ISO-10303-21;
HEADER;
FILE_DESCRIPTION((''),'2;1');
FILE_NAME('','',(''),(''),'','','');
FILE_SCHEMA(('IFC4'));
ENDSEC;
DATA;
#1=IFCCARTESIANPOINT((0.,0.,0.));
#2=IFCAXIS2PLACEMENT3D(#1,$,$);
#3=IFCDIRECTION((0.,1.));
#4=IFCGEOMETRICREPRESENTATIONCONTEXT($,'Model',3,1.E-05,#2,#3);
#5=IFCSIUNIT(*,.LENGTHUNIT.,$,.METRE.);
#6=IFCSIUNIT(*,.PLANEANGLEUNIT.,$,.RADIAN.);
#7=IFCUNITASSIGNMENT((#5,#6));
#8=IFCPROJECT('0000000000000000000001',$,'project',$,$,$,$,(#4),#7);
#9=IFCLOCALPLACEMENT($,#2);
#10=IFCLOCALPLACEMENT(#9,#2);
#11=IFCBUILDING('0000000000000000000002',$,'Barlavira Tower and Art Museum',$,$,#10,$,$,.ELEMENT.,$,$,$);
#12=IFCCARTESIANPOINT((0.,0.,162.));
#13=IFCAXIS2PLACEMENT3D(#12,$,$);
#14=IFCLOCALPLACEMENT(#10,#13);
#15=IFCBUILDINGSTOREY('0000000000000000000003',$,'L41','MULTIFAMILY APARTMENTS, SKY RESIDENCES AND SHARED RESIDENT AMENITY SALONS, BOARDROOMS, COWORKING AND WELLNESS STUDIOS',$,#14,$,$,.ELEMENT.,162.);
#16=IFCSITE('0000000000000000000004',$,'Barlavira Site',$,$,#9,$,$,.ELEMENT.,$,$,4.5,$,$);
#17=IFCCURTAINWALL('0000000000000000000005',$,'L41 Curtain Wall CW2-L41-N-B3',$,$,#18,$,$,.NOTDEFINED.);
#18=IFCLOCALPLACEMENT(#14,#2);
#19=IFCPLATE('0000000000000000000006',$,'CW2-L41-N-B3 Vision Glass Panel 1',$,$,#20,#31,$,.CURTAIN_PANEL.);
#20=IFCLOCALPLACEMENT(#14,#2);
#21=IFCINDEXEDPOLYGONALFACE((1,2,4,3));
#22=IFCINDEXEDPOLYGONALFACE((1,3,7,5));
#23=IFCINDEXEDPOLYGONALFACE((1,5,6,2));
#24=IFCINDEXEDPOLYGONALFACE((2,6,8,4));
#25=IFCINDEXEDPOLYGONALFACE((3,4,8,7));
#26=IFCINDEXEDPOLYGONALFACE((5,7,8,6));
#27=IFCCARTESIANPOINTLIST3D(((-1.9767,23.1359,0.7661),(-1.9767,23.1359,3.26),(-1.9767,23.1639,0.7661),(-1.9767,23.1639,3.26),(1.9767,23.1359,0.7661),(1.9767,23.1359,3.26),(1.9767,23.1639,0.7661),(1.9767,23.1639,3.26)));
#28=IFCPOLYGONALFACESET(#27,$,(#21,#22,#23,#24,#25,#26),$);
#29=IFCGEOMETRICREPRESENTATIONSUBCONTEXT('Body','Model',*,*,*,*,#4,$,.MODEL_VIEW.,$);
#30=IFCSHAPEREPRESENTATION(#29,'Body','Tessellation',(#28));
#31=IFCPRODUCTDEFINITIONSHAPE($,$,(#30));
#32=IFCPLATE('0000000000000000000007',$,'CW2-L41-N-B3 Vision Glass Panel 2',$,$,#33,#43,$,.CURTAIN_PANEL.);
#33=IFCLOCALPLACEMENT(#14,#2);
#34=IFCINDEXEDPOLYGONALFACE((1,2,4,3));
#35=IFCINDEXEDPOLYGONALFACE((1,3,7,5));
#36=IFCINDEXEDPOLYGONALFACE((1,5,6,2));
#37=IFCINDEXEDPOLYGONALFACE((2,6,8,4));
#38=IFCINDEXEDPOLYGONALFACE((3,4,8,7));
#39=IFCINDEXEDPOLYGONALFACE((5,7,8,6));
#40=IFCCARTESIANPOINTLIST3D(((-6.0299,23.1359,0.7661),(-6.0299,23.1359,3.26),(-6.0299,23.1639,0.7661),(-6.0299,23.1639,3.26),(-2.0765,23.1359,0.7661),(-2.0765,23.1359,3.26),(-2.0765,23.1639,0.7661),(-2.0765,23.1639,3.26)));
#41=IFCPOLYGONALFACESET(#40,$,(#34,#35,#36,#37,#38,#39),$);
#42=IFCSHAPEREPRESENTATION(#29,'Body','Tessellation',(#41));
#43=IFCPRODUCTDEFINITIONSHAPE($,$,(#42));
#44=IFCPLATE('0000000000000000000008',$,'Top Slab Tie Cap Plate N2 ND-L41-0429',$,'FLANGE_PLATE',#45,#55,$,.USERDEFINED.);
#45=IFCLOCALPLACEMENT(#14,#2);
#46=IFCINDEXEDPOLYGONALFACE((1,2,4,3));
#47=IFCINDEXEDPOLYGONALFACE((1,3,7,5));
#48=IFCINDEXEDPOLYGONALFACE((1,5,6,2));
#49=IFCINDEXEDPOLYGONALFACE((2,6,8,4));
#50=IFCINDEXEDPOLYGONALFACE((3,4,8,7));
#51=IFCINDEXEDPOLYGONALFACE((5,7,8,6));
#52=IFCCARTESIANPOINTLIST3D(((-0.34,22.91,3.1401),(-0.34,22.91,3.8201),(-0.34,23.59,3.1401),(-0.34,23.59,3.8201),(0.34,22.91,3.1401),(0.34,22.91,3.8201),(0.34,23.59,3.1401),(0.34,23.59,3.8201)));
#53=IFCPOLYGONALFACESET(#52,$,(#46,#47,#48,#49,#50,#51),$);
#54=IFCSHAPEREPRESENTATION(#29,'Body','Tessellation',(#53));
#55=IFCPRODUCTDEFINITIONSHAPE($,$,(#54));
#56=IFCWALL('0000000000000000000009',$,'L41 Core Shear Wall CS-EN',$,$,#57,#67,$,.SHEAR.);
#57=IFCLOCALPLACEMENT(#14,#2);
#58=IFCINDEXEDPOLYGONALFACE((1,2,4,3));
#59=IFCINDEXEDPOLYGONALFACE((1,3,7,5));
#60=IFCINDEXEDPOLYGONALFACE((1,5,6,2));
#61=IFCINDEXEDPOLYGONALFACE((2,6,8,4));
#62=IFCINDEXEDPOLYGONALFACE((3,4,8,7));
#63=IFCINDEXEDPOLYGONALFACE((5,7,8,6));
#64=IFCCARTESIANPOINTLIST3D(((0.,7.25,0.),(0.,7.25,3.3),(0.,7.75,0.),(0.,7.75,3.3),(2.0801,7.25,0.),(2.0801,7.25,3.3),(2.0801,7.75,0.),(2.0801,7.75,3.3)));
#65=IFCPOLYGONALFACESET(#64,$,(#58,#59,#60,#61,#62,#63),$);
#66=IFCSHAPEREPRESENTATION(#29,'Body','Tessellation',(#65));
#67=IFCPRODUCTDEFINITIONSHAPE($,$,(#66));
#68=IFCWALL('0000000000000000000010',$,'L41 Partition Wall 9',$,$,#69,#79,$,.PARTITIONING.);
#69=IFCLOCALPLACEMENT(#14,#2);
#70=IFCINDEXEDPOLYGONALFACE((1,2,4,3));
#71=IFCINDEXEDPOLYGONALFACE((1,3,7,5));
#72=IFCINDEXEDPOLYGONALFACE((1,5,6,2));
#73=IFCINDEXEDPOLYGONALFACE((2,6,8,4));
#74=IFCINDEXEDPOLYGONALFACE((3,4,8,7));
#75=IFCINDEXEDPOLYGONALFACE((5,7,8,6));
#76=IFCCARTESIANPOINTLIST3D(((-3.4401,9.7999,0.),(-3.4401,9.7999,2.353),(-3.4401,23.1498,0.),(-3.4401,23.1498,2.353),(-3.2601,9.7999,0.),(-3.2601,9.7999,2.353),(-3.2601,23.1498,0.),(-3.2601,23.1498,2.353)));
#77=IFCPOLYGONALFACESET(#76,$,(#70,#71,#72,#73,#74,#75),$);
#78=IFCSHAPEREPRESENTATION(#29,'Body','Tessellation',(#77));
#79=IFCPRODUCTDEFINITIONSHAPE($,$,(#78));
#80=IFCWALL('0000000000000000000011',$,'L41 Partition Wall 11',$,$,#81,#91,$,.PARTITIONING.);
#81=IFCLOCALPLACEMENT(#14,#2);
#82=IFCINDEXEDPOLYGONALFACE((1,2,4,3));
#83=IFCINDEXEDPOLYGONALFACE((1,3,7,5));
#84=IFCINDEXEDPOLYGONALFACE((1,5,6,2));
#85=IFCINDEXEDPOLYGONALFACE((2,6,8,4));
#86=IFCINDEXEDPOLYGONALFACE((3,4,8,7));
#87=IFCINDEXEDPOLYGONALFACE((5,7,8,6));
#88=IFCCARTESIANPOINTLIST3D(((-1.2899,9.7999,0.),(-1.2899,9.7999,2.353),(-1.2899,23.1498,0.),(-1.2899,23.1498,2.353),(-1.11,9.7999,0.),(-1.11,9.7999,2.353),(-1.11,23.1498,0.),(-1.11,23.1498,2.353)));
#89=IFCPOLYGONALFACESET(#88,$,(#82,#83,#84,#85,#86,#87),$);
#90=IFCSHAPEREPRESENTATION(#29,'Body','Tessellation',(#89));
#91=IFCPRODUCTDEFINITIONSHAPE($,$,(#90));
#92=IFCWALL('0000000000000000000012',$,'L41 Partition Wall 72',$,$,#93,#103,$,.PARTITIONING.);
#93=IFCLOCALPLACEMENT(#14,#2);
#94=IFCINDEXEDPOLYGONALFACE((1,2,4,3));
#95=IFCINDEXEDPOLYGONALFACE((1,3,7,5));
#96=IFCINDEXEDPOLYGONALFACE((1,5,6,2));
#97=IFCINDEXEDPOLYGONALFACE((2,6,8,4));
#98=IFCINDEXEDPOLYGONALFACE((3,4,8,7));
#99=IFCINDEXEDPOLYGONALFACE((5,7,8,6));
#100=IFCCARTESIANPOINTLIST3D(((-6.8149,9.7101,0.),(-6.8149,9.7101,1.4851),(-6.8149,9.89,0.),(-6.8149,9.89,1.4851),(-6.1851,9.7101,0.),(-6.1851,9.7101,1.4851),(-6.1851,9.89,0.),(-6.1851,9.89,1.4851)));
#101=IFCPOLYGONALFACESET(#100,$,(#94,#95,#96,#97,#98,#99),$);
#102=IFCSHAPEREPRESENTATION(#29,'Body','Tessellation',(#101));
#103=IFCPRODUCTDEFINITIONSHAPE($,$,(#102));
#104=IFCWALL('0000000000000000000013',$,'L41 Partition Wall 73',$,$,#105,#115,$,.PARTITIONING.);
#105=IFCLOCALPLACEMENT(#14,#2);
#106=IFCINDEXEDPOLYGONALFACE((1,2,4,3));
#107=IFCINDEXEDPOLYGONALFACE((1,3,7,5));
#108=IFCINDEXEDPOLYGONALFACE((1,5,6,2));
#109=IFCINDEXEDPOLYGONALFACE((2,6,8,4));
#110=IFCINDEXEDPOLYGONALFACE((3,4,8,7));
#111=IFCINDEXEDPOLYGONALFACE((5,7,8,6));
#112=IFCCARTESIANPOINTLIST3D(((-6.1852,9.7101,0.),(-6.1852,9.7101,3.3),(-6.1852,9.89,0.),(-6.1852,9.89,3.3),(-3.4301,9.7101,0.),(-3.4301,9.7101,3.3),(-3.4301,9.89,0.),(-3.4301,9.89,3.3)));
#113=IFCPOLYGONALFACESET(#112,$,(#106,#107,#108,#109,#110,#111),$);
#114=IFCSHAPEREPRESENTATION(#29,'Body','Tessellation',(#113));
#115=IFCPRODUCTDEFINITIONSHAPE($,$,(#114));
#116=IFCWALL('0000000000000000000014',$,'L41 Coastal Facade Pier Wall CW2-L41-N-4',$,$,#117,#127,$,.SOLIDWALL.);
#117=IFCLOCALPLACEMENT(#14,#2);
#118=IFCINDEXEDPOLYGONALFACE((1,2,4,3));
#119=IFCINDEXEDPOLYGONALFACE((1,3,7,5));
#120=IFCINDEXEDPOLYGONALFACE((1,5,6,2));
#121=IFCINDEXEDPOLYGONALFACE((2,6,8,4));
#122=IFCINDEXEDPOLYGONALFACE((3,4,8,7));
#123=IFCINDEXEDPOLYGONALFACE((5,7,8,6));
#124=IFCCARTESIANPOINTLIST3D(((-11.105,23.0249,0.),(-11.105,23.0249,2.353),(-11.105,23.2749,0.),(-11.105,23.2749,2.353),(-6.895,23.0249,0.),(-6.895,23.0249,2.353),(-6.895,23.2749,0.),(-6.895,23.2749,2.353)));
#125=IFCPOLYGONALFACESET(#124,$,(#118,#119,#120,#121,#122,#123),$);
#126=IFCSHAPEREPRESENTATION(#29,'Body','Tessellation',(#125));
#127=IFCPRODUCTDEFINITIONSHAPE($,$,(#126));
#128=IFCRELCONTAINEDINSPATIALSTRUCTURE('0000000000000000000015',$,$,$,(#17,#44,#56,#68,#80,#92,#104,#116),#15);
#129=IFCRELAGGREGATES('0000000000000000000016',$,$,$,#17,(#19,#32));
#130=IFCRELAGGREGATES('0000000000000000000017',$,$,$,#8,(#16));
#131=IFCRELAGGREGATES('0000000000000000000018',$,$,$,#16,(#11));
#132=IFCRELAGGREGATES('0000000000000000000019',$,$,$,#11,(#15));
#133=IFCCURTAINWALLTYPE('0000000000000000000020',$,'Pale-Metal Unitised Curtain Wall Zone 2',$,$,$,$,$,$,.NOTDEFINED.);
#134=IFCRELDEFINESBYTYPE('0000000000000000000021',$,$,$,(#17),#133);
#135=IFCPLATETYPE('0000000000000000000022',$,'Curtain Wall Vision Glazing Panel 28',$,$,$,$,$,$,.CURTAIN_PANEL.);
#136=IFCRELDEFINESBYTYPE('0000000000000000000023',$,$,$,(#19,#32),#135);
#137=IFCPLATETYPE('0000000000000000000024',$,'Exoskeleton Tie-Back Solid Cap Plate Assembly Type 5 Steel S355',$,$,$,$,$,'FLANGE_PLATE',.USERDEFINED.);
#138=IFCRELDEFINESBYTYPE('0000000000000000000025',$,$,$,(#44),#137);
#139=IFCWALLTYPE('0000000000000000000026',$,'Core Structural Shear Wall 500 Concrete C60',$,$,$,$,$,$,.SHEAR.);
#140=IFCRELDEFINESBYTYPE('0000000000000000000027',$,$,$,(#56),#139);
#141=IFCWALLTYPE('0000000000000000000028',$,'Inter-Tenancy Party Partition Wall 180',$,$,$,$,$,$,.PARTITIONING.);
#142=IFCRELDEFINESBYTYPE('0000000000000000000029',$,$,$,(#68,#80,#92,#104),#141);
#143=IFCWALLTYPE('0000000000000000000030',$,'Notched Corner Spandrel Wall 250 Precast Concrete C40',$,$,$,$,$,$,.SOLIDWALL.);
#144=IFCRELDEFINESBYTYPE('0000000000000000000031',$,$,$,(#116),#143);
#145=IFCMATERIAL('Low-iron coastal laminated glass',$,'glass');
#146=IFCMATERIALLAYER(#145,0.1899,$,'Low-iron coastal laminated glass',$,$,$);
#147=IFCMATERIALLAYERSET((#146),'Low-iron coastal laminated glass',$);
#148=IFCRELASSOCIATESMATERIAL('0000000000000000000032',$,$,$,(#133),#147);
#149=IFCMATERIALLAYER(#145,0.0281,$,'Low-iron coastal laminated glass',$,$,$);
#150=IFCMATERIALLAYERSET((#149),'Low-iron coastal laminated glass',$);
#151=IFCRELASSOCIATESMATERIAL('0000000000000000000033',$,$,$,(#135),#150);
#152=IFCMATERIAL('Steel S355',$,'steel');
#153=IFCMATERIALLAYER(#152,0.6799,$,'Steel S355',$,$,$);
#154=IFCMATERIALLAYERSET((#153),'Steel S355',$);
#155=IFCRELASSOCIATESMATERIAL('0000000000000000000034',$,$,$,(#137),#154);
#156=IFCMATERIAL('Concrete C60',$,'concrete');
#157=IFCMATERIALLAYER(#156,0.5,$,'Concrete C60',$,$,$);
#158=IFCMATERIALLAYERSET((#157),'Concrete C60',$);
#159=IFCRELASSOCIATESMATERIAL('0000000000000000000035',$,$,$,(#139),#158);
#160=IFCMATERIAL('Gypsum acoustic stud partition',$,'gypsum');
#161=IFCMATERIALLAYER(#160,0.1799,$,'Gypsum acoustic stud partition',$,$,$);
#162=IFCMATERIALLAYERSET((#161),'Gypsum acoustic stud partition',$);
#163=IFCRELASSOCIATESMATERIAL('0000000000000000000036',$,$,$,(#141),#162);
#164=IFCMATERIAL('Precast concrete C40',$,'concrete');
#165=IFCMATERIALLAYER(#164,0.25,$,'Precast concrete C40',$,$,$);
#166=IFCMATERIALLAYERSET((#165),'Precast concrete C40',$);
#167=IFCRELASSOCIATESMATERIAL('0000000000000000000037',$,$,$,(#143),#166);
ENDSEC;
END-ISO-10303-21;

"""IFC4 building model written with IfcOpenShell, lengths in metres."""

from ifc_helpers import new_model, si_unit, direction, frame, frame_2d, origin, origin_2d, place, context, subcontext, project, spatial, rectangle, extrude, material, layer, layer_set, type_object, element, aggregate, save


model = new_model("IFC4")

# Units and contexts
model_context = context("Model", 3, precision=1e-05, world=origin(), true_north=direction((0.0, 1.0)))
body_context = subcontext(model_context, "Body", "Model", "MODEL_VIEW")
ifc_project = project(units=[si_unit("LENGTHUNIT", "METRE"), si_unit("PLANEANGLEUNIT", "RADIAN")], contexts=[model_context])

# Site, building, storey
site_placement = place(None, origin())
site = spatial("IfcSite", under=ifc_project, at=site_placement, Name="Barlavira Site", CompositionType="ELEMENT", RefElevation=4.5)
building_placement = place(site_placement, origin())
building = spatial("IfcBuilding", under=site, at=building_placement, Name="Barlavira Tower and Art Museum", CompositionType="ELEMENT")
storey_placement = place(building_placement, frame((0.0, 0.0, 162.0)))
storey = spatial("IfcBuildingStorey", under=building, at=storey_placement, Name="L41", Description="MULTIFAMILY APARTMENTS, SKY RESIDENCES AND SHARED RESIDENT AMENITY SALONS, BOARDROOMS, COWORKING AND WELLNESS STUDIOS", CompositionType="ELEMENT", Elevation=162.0)

# Shared definitions
ifc_material_1 = material(Name="Concrete C60", Category="concrete")

# Curtain wall
ifc_material_2 = material(Name="Low-iron coastal laminated glass", Category="glass")
ifc_layer_1 = layer(ifc_material_2, 0.1899, Name="Low-iron coastal laminated glass")
ifc_layer_set_1 = layer_set([ifc_layer_1], Name="Low-iron coastal laminated glass")
curtain_wall_type = type_object("IfcCurtainWallType", Name="Pale-Metal Unitised Curtain Wall Zone 2", PredefinedType="NOTDEFINED", material=ifc_layer_set_1)
curtain_wall_placement = place(storey_placement, origin())
curtain_wall = element("IfcCurtainWall", 1, at=curtain_wall_placement, inside=storey, type_object=curtain_wall_type, Name="L41 Curtain Wall CW2-L41-N-B3", PredefinedType="NOTDEFINED")

# Shared definitions
ifc_material_3 = material(Name="Steel S355", Category="steel")

# Plates
ifc_layer_2 = layer(ifc_material_2, 0.0281, Name="Low-iron coastal laminated glass")
ifc_layer_set_2 = layer_set([ifc_layer_2], Name="Low-iron coastal laminated glass")
plate_type_1 = type_object("IfcPlateType", Name="Curtain Wall Vision Glazing Panel 28", PredefinedType="CURTAIN_PANEL", material=ifc_layer_set_2)
plate_1_placement = place(storey_placement, frame((0.0, 23.1499, 0.7661), z_axis=(0.0, 0.0, 1.0), x_axis=(-1.0, 0.0, 0.0)))
plate_1 = element("IfcPlate", 2, at=plate_1_placement, type_object=plate_type_1, Name="CW2-L41-N-B3 Vision Glass Panel 1", PredefinedType="CURTAIN_PANEL", context=body_context, shape_type="SweptSolid", body=[
    extrude(rectangle(XDim=3.9534, YDim=0.0281, at=origin_2d()), origin(), (0.0, 0.0, 1.0), 2.4939),
])
plate_2_placement = place(storey_placement, frame((-4.0532, 23.1499, 0.7661), z_axis=(0.0, 0.0, 1.0), x_axis=(-1.0, 0.0, 0.0)))
plate_2 = element("IfcPlate", 3, at=plate_2_placement, type_object=plate_type_1, Name="CW2-L41-N-B3 Vision Glass Panel 2", PredefinedType="CURTAIN_PANEL", context=body_context, shape_type="SweptSolid", body=[
    extrude(rectangle(XDim=3.9534, YDim=0.0281, at=origin_2d()), origin(), (0.0, 0.0, 1.0), 2.4939),
])
aggregate(curtain_wall, [plate_1, plate_2])
ifc_layer_3 = layer(ifc_material_3, 0.6799, Name="Steel S355")
ifc_layer_set_3 = layer_set([ifc_layer_3], Name="Steel S355")
plate_type_2 = type_object("IfcPlateType", Name="Exoskeleton Tie-Back Solid Cap Plate Assembly Type 5 Steel S355", ElementType="FLANGE_PLATE", PredefinedType="USERDEFINED", material=ifc_layer_set_3)
plate_3_placement = place(storey_placement, frame((0.0, 23.25, 3.1401), z_axis=(0.0, 0.0, 1.0), x_axis=(1.0, 0.0, 0.0)))
element("IfcPlate", 4, at=plate_3_placement, inside=storey, type_object=plate_type_2, Name="Top Slab Tie Cap Plate N2 ND-L41-0429", ObjectType="FLANGE_PLATE", PredefinedType="USERDEFINED", context=body_context, shape_type="SweptSolid", body=[
    extrude(rectangle(XDim=0.6799, YDim=0.6799, at=origin_2d()), origin(), (0.0, 0.0, 1.0), 0.6799),
])

# Walls
ifc_layer_4 = layer(ifc_material_1, 0.5, Name="Concrete C60")
ifc_layer_set_4 = layer_set([ifc_layer_4], Name="Concrete C60")
wall_type_1 = type_object("IfcWallType", Name="Core Structural Shear Wall 500 Concrete C60", PredefinedType="SHEAR", material=ifc_layer_set_4)
wall_1_placement = place(storey_placement, frame((0.0, 7.5, 0.0), z_axis=(0.0, 0.0, 1.0), x_axis=(1.0, 0.0, 0.0)))
element("IfcWall", 5, at=wall_1_placement, inside=storey, type_object=wall_type_1, Name="L41 Core Shear Wall CS-EN", PredefinedType="SHEAR", context=body_context, shape_type="SweptSolid", body=[
    extrude(rectangle(XDim=2.0801, YDim=0.5, at=frame_2d((1.04, 0.0))), origin(), (0.0, 0.0, 1.0), 3.3),
])
ifc_material_4 = material(Name="Gypsum acoustic stud partition", Category="gypsum")
ifc_layer_5 = layer(ifc_material_4, 0.1799, Name="Gypsum acoustic stud partition")
ifc_layer_set_5 = layer_set([ifc_layer_5], Name="Gypsum acoustic stud partition")
wall_type_2 = type_object("IfcWallType", Name="Inter-Tenancy Party Partition Wall 180", PredefinedType="PARTITIONING", material=ifc_layer_set_5)
for number, where, z_axis, x_axis, name in (
    (6, (-3.3501, 9.8, 0.0), (0.0, 0.0, 1.0), (0.0, 1.0, 0.0), "L41 Partition Wall 9"),
    (7, (-1.2, 9.8, 0.0), (0.0, 0.0, 1.0), (0.0, 1.0, 0.0), "L41 Partition Wall 11"),
):
    element("IfcWall", number, at=place(storey_placement, frame(where, z_axis=z_axis, x_axis=x_axis)), inside=storey, type_object=wall_type_2, Name=name, PredefinedType="PARTITIONING", context=body_context, shape_type="SweptSolid", body=[
        extrude(rectangle(XDim=13.3499, YDim=0.1799, at=frame_2d((6.6748, 0.0))), origin(), (0.0, 0.0, 1.0), 2.353),
    ])
wall_2_placement = place(storey_placement, frame((-6.8149, 9.8, 0.0), z_axis=(0.0, 0.0, 1.0), x_axis=(1.0, 0.0, 0.0)))
element("IfcWall", 8, at=wall_2_placement, inside=storey, type_object=wall_type_2, Name="L41 Partition Wall 72", PredefinedType="PARTITIONING", context=body_context, shape_type="SweptSolid", body=[
    extrude(rectangle(XDim=0.6299, YDim=0.1799, at=frame_2d((0.3149, 0.0))), origin(), (0.0, 0.0, 1.0), 1.4851),
])
wall_3_placement = place(storey_placement, frame((-6.1851, 9.8, 0.0), z_axis=(0.0, 0.0, 1.0), x_axis=(1.0, 0.0, 0.0)))
element("IfcWall", 9, at=wall_3_placement, inside=storey, type_object=wall_type_2, Name="L41 Partition Wall 73", PredefinedType="PARTITIONING", context=body_context, shape_type="SweptSolid", body=[
    extrude(rectangle(XDim=2.7551, YDim=0.1799, at=frame_2d((1.3774, 0.0))), origin(), (0.0, 0.0, 1.0), 3.3),
])

# Wall
ifc_material_5 = material(Name="Precast concrete C40", Category="concrete")
ifc_layer_6 = layer(ifc_material_5, 0.25, Name="Precast concrete C40")
ifc_layer_set_6 = layer_set([ifc_layer_6], Name="Precast concrete C40")
wall_type_3 = type_object("IfcWallType", Name="Notched Corner Spandrel Wall 250 Precast Concrete C40", PredefinedType="SOLIDWALL", material=ifc_layer_set_6)
wall_4_placement = place(storey_placement, frame((-6.895, 23.1499, 0.0), z_axis=(0.0, 0.0, 1.0), x_axis=(-1.0, 0.0, 0.0)))
element("IfcWall", 10, at=wall_4_placement, inside=storey, type_object=wall_type_3, Name="L41 Coastal Facade Pier Wall CW2-L41-N-4", PredefinedType="SOLIDWALL", context=body_context, shape_type="SweptSolid", body=[
    extrude(rectangle(XDim=4.21, YDim=0.25, at=frame_2d((2.105, 0.0))), origin(), (0.0, 0.0, 1.0), 2.353),
])

save(model, "model.ifc")
